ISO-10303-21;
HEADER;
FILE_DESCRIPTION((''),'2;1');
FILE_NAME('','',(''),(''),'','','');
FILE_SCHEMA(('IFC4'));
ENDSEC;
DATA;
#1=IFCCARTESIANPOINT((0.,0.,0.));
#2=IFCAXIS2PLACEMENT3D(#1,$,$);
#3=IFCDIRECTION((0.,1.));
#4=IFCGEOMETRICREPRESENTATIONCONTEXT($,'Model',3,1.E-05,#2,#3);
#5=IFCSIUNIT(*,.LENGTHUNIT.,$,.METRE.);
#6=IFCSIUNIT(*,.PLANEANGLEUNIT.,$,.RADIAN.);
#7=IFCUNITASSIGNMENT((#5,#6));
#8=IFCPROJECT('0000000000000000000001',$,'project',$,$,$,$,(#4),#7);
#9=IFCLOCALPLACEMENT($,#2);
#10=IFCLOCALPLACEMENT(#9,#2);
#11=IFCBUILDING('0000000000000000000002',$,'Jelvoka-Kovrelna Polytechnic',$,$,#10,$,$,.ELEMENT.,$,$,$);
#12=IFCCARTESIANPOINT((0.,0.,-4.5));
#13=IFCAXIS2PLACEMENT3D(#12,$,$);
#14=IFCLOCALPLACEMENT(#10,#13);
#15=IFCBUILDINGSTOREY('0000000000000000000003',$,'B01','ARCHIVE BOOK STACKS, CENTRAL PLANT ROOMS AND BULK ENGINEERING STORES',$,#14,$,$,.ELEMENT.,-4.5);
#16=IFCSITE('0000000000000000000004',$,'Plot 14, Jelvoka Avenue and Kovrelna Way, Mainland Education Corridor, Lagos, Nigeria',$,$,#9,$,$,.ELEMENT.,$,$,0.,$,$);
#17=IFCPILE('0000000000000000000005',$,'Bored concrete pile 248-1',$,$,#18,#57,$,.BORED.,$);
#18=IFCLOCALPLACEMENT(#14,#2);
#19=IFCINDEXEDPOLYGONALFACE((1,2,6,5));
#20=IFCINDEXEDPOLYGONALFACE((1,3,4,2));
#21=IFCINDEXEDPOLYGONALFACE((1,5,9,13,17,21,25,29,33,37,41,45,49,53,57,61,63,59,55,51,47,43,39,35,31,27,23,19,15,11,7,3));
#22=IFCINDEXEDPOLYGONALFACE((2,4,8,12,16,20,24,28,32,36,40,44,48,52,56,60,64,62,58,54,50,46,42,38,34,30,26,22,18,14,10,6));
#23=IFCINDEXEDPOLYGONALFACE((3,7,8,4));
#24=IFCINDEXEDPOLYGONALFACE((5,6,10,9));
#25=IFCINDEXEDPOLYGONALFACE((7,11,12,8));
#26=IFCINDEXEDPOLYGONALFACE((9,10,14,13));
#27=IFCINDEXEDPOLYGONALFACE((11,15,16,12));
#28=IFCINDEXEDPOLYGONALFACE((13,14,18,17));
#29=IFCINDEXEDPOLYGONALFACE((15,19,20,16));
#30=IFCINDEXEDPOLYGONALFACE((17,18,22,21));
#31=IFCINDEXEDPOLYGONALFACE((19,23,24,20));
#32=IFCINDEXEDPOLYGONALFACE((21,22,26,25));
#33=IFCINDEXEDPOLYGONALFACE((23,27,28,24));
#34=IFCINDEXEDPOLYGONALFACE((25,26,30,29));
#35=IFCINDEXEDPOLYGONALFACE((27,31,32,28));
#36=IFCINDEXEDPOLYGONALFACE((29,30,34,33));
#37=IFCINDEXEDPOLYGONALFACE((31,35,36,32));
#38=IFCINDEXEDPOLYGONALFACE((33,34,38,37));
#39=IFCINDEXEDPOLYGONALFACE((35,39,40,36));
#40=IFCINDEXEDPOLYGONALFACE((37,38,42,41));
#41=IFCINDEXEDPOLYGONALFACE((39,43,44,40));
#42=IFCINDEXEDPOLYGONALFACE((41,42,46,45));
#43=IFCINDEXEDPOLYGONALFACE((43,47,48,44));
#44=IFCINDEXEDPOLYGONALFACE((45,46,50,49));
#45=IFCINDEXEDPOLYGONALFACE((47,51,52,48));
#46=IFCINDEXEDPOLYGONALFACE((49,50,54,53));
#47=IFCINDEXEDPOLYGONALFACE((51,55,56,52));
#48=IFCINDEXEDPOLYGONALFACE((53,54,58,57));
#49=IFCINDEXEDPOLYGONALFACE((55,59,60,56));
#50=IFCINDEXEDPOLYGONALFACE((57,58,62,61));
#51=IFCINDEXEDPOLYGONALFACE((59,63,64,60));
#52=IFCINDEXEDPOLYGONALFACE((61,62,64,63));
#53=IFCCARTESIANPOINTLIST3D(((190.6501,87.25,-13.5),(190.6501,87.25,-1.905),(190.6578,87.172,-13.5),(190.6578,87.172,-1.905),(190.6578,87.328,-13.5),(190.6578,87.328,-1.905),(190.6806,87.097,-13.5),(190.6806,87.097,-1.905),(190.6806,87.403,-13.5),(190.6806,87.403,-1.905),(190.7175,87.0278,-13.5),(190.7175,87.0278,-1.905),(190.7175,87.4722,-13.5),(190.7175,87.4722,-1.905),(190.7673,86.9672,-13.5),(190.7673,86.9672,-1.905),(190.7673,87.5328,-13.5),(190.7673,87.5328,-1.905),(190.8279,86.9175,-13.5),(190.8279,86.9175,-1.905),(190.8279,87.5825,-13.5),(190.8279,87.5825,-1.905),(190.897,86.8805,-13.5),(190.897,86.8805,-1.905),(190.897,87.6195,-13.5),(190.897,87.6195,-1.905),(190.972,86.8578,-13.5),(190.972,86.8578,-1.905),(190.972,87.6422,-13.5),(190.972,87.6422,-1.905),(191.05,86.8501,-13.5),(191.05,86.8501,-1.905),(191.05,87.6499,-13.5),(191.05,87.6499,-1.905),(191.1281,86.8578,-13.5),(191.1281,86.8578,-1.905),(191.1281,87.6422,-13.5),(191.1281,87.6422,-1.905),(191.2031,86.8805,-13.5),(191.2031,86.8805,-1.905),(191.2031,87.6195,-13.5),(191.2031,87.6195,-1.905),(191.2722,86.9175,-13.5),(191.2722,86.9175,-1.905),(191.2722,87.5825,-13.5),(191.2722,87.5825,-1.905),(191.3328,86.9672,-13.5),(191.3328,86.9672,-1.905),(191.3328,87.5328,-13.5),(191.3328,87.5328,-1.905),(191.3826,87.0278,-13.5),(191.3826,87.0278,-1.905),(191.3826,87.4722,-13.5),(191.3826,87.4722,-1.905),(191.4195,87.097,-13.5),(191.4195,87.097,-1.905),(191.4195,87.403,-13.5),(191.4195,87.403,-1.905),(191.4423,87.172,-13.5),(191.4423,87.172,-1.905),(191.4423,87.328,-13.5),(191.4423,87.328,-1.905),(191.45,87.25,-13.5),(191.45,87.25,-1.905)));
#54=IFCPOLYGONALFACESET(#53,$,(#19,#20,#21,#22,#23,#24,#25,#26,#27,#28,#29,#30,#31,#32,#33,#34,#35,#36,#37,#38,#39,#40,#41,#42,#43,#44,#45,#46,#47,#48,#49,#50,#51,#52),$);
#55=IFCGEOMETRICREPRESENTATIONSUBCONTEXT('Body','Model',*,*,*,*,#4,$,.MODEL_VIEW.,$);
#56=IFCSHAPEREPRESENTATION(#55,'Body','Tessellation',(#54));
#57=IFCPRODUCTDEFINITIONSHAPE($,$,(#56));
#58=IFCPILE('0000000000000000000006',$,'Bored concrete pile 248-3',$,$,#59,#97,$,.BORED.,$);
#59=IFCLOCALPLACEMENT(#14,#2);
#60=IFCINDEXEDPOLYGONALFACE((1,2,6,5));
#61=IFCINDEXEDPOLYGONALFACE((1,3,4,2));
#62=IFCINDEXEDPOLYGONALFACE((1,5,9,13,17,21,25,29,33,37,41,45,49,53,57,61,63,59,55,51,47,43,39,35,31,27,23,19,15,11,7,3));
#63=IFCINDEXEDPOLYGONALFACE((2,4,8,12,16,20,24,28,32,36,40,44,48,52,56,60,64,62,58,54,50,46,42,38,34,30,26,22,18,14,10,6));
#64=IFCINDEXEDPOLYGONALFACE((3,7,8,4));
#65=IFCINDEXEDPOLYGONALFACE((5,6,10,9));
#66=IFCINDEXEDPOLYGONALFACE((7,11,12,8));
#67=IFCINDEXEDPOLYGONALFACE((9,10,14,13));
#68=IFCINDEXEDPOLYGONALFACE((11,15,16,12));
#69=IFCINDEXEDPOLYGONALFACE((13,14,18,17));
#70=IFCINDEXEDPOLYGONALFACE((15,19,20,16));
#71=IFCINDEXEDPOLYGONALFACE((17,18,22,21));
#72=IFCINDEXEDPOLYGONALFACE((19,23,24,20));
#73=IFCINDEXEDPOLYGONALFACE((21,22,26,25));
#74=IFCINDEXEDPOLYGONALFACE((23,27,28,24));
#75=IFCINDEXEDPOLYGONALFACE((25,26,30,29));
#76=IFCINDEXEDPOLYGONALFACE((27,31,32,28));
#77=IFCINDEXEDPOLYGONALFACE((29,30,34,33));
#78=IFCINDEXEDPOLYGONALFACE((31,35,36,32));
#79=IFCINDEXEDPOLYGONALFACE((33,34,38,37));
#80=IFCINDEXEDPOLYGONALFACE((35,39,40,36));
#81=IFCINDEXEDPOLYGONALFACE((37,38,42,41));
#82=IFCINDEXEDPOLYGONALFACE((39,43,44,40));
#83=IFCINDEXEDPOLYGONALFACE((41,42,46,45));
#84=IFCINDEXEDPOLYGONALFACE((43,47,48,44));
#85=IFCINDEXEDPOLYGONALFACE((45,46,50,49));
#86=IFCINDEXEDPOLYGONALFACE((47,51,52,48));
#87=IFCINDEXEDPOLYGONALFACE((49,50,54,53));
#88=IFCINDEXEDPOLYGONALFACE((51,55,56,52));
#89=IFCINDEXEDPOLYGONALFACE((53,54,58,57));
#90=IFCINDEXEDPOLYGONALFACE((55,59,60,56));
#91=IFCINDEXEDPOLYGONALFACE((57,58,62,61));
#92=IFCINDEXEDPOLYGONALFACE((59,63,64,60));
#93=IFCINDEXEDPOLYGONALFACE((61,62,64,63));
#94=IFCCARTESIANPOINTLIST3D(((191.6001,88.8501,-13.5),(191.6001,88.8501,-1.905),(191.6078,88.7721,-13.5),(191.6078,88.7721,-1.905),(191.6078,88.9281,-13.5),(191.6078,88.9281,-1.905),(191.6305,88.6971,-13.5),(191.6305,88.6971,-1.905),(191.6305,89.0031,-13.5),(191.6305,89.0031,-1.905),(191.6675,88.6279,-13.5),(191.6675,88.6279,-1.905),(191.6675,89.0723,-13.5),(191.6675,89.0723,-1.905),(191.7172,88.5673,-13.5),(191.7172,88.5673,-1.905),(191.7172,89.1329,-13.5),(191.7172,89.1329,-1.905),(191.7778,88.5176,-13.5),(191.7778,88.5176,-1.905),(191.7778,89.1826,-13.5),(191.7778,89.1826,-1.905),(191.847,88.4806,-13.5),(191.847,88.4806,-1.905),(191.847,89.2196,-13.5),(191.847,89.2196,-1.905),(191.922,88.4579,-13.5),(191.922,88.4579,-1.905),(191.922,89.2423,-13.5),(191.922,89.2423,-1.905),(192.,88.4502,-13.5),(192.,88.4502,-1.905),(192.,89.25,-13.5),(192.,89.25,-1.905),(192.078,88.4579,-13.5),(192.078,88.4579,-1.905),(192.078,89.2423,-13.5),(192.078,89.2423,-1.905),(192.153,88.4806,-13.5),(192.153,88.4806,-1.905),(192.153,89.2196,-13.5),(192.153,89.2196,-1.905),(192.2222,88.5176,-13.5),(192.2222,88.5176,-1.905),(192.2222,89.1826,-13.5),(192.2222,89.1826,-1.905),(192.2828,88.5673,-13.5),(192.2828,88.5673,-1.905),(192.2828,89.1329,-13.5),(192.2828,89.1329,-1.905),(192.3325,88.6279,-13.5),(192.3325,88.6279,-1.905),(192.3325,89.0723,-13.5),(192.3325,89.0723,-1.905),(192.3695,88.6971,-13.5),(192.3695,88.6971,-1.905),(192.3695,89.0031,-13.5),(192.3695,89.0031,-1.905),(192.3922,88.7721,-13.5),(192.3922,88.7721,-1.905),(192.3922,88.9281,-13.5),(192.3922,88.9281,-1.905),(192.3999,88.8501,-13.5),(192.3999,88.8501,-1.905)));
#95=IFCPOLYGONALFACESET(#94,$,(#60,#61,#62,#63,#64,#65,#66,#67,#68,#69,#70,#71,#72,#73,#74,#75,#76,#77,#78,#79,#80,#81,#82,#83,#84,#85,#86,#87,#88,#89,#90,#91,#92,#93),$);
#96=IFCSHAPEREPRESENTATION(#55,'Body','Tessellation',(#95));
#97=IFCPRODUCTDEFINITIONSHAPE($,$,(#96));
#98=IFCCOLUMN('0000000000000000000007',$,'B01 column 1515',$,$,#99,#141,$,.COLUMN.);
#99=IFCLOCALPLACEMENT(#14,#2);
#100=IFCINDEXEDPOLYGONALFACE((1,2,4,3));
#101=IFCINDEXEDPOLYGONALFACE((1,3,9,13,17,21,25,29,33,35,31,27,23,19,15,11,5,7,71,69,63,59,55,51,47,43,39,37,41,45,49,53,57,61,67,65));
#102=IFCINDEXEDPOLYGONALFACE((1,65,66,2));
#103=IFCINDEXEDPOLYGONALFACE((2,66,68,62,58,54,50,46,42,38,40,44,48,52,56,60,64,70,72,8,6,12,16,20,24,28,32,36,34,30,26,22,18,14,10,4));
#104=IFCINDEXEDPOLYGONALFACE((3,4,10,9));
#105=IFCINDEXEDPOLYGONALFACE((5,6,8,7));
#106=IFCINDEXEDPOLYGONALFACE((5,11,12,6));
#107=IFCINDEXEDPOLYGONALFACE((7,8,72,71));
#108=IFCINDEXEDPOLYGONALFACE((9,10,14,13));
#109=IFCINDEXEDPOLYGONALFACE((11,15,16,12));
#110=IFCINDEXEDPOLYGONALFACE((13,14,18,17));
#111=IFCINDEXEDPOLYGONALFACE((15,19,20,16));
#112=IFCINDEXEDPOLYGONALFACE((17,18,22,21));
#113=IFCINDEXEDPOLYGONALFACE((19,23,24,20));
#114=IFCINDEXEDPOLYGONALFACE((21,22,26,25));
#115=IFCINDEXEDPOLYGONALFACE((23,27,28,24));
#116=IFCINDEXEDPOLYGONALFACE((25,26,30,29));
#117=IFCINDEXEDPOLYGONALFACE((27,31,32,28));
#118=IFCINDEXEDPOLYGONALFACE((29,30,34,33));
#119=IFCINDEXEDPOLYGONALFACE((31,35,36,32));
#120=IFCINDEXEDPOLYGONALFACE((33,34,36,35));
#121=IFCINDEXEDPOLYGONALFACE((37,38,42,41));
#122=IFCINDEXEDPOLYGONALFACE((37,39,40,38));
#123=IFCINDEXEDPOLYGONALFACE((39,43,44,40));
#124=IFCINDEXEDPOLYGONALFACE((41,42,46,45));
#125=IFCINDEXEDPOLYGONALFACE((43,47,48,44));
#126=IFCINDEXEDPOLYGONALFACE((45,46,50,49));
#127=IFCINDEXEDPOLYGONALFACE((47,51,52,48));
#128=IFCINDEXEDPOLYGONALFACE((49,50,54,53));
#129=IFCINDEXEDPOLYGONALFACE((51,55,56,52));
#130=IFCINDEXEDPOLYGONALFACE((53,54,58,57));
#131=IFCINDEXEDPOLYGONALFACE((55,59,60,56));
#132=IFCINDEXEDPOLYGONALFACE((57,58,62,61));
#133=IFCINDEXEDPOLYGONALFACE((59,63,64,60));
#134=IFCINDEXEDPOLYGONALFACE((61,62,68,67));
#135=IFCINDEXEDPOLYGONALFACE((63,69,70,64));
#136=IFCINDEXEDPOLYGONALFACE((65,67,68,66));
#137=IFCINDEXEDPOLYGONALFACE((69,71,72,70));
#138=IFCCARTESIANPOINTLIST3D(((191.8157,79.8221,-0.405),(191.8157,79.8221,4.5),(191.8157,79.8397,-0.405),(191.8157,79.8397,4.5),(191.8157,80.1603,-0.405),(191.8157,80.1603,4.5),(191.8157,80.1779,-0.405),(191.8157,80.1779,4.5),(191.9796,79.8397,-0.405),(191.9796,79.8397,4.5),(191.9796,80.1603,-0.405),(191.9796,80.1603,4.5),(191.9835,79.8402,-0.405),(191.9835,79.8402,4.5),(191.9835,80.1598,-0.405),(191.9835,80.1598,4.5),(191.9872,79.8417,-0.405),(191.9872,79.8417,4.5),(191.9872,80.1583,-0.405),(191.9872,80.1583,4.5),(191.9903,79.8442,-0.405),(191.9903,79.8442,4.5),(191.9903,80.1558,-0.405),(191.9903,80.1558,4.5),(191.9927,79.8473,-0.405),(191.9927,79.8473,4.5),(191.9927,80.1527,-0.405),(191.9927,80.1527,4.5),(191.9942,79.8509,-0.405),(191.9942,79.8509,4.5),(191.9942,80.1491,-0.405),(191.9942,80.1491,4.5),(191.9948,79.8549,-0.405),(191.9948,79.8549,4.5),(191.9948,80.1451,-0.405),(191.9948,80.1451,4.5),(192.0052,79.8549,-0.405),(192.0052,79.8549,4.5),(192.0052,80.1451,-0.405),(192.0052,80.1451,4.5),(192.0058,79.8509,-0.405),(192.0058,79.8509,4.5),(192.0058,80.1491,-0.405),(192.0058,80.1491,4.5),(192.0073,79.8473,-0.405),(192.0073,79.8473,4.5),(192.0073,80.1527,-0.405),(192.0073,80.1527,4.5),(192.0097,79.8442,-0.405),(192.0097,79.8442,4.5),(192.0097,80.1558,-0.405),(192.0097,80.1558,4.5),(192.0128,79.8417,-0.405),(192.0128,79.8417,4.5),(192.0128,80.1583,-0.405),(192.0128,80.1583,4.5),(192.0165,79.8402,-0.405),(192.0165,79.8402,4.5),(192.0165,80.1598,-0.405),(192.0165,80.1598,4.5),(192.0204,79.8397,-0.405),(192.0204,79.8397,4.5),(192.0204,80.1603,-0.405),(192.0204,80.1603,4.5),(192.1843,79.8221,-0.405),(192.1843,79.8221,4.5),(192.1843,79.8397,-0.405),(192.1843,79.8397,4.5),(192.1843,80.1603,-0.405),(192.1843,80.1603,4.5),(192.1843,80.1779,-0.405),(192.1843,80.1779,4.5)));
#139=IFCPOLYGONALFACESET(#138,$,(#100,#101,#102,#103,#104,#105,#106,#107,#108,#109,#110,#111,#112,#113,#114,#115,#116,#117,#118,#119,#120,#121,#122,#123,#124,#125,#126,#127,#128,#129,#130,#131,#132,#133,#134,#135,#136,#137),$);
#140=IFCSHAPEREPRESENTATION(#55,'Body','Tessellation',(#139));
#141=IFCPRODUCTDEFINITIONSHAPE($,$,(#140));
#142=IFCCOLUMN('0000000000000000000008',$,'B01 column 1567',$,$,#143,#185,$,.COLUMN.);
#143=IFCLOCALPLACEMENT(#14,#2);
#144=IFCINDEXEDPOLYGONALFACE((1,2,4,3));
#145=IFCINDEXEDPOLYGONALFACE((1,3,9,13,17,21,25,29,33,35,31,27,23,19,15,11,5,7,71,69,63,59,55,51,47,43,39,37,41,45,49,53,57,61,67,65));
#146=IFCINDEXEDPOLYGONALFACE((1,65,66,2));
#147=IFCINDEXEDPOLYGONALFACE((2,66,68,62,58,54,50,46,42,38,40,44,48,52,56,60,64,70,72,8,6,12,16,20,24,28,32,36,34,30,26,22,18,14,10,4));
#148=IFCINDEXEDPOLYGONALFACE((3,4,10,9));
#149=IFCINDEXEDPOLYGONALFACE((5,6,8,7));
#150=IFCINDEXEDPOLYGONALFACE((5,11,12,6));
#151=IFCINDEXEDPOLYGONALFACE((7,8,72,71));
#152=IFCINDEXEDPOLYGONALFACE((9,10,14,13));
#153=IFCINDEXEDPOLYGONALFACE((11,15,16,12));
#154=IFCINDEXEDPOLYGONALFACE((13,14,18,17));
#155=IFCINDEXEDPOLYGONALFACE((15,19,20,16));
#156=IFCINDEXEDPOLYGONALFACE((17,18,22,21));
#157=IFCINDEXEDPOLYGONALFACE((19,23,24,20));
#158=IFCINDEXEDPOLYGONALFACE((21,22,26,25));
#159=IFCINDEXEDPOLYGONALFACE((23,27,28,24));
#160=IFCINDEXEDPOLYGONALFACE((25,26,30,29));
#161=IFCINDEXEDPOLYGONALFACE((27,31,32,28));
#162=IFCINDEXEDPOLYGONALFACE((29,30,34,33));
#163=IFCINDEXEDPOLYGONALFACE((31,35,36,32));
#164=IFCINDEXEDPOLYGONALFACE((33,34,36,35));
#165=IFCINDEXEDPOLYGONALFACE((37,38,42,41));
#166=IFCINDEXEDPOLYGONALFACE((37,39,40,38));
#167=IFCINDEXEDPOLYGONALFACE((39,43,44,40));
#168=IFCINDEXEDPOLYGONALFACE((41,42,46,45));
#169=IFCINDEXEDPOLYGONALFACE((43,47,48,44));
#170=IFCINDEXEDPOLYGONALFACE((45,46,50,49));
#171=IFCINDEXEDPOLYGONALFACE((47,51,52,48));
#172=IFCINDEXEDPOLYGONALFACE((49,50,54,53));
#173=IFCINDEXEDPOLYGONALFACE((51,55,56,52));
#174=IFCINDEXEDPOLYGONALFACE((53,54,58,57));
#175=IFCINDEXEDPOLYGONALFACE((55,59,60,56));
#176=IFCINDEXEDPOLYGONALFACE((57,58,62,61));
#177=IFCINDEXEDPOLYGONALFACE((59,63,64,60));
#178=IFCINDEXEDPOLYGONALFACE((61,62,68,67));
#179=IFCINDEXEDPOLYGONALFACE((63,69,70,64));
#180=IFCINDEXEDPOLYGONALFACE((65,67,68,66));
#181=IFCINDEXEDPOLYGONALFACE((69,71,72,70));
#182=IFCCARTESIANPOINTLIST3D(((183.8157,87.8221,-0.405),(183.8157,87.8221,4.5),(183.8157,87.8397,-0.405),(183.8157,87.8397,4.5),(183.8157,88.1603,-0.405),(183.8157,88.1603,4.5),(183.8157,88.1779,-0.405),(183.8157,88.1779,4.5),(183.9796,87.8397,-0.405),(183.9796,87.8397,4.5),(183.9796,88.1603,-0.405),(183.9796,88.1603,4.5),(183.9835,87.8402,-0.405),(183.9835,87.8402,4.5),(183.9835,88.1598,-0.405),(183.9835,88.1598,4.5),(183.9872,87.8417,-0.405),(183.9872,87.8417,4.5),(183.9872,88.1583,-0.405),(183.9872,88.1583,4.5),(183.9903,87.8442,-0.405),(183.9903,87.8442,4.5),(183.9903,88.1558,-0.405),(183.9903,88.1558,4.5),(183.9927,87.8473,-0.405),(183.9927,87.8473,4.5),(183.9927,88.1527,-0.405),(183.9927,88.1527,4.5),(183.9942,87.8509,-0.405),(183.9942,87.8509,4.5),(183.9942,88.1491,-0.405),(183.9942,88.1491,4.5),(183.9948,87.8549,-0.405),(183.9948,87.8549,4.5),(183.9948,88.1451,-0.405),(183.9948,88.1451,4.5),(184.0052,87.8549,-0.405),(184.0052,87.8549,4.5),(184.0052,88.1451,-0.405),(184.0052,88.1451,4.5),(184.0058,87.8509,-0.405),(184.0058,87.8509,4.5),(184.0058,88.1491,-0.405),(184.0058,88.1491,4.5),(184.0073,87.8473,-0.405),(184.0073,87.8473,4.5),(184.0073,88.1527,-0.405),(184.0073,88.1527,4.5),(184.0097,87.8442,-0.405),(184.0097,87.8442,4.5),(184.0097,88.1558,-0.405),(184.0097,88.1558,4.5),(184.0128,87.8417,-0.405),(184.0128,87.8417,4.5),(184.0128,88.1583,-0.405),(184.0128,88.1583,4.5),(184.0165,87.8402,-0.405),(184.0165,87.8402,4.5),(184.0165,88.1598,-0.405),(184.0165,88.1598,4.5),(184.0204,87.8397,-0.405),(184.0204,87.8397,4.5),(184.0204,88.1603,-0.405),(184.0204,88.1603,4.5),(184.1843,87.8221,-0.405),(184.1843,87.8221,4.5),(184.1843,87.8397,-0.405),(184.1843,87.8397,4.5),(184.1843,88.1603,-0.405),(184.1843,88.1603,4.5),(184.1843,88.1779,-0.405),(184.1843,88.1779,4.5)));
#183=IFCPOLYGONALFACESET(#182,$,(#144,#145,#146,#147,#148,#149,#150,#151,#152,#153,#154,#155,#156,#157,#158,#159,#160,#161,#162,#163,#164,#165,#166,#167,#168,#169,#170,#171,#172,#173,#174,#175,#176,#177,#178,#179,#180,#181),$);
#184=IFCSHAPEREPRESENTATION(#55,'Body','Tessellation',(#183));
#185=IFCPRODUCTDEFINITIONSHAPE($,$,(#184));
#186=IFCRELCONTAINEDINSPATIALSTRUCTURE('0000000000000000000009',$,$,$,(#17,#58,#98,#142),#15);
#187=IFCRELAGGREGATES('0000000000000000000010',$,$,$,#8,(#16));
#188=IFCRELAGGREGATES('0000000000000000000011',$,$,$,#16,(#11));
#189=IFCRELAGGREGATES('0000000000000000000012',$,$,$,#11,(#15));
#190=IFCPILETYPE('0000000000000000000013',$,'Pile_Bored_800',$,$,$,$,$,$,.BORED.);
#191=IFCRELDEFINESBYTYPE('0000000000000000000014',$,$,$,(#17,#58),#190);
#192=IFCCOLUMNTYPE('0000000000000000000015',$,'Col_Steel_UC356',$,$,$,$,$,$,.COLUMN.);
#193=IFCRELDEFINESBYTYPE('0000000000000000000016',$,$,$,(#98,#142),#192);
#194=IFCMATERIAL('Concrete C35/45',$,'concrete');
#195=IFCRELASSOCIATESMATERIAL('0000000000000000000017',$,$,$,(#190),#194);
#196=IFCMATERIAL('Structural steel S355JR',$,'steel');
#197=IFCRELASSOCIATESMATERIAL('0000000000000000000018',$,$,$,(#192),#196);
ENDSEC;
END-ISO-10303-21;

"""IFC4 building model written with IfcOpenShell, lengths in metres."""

from ifc_helpers import new_model, si_unit, direction, frame, origin, origin_2d, place, context, subcontext, project, spatial, circle, i_section, extrude, material, material_profile, profile_set, type_object, element, save


model = new_model("IFC4")

# Units and contexts
model_context = context("Model", 3, precision=1e-05, world=origin(), true_north=direction((0.0, 1.0)))
body_context = subcontext(model_context, "Body", "Model", "MODEL_VIEW")
ifc_project = project(units=[si_unit("LENGTHUNIT", "METRE"), si_unit("PLANEANGLEUNIT", "RADIAN")], contexts=[model_context])

# Site, building, storey
site_placement = place(None, origin())
site = spatial("IfcSite", under=ifc_project, at=site_placement, Name="Plot 14, Jelvoka Avenue and Kovrelna Way, Mainland Education Corridor, Lagos, Nigeria", CompositionType="ELEMENT", RefElevation=0.0)
building_placement = place(site_placement, origin())
building = spatial("IfcBuilding", under=site, at=building_placement, Name="Jelvoka-Kovrelna Polytechnic", CompositionType="ELEMENT")
storey_placement = place(building_placement, frame((0.0, 0.0, -4.5)))
storey = spatial("IfcBuildingStorey", under=building, at=storey_placement, Name="B01", Description="ARCHIVE BOOK STACKS, CENTRAL PLANT ROOMS AND BULK ENGINEERING STORES", CompositionType="ELEMENT", Elevation=-4.5)

# Piles
ifc_material_1 = material(Name="Concrete C35/45", Category="concrete")
ifc_material_profile_1 = material_profile(ifc_material_1, circle(Radius=0.3999, at=origin_2d()), Name="PILE D800")
ifc_profile_set_1 = profile_set([ifc_material_profile_1], Name="Concrete C35/45")
pile_type = type_object("IfcPileType", Name="Pile_Bored_800", PredefinedType="BORED", material=ifc_profile_set_1)
for number, where, z_axis, x_axis, name in (
    (1, (191.05, 87.25, -1.905), (0.0, 0.0, -1.0), (1.0, 0.0, 0.0), "Bored concrete pile 248-1"),
    (2, (192.0, 88.8501, -1.905), (0.0, 0.0, -1.0), (1.0, 0.0, 0.0), "Bored concrete pile 248-3"),
):
    element("IfcPile", number, at=place(storey_placement, frame(where, z_axis=z_axis, x_axis=x_axis)), inside=storey, type_object=pile_type, Name=name, PredefinedType="BORED", context=body_context, shape_type="SweptSolid", body=[
        extrude(circle(Radius=0.3999, at=origin_2d()), origin(), (0.0, 0.0, 1.0), 11.595),
    ])

# Columns
ifc_material_2 = material(Name="Structural steel S355JR", Category="steel")
ifc_material_profile_2 = material_profile(ifc_material_2, i_section(OverallWidth=0.3687, OverallDepth=0.3557, WebThickness=0.0105, FlangeThickness=0.0176, FilletRadius=0.0151, at=origin_2d()), Name="356x368x129 UC")
ifc_profile_set_2 = profile_set([ifc_material_profile_2], Name="Structural steel S355JR")
column_type = type_object("IfcColumnType", Name="Col_Steel_UC356", PredefinedType="COLUMN", material=ifc_profile_set_2)
for number, where, z_axis, x_axis, name in (
    (3, (192.0, 80.0, -0.405), (0.0, 0.0, 1.0), (1.0, 0.0, 0.0), "B01 column 1515"),
    (4, (184.0, 88.0, -0.405), (0.0, 0.0, 1.0), (1.0, 0.0, 0.0), "B01 column 1567"),
):
    element("IfcColumn", number, at=place(storey_placement, frame(where, z_axis=z_axis, x_axis=x_axis)), inside=storey, type_object=column_type, Name=name, PredefinedType="COLUMN", context=body_context, shape_type="SweptSolid", body=[
        extrude(i_section(OverallWidth=0.3687, OverallDepth=0.3557, WebThickness=0.0105, FlangeThickness=0.0176, FilletRadius=0.0151, at=origin_2d()), origin(), (0.0, 0.0, 1.0), 4.905),
    ])

save(model, "model.ifc")
